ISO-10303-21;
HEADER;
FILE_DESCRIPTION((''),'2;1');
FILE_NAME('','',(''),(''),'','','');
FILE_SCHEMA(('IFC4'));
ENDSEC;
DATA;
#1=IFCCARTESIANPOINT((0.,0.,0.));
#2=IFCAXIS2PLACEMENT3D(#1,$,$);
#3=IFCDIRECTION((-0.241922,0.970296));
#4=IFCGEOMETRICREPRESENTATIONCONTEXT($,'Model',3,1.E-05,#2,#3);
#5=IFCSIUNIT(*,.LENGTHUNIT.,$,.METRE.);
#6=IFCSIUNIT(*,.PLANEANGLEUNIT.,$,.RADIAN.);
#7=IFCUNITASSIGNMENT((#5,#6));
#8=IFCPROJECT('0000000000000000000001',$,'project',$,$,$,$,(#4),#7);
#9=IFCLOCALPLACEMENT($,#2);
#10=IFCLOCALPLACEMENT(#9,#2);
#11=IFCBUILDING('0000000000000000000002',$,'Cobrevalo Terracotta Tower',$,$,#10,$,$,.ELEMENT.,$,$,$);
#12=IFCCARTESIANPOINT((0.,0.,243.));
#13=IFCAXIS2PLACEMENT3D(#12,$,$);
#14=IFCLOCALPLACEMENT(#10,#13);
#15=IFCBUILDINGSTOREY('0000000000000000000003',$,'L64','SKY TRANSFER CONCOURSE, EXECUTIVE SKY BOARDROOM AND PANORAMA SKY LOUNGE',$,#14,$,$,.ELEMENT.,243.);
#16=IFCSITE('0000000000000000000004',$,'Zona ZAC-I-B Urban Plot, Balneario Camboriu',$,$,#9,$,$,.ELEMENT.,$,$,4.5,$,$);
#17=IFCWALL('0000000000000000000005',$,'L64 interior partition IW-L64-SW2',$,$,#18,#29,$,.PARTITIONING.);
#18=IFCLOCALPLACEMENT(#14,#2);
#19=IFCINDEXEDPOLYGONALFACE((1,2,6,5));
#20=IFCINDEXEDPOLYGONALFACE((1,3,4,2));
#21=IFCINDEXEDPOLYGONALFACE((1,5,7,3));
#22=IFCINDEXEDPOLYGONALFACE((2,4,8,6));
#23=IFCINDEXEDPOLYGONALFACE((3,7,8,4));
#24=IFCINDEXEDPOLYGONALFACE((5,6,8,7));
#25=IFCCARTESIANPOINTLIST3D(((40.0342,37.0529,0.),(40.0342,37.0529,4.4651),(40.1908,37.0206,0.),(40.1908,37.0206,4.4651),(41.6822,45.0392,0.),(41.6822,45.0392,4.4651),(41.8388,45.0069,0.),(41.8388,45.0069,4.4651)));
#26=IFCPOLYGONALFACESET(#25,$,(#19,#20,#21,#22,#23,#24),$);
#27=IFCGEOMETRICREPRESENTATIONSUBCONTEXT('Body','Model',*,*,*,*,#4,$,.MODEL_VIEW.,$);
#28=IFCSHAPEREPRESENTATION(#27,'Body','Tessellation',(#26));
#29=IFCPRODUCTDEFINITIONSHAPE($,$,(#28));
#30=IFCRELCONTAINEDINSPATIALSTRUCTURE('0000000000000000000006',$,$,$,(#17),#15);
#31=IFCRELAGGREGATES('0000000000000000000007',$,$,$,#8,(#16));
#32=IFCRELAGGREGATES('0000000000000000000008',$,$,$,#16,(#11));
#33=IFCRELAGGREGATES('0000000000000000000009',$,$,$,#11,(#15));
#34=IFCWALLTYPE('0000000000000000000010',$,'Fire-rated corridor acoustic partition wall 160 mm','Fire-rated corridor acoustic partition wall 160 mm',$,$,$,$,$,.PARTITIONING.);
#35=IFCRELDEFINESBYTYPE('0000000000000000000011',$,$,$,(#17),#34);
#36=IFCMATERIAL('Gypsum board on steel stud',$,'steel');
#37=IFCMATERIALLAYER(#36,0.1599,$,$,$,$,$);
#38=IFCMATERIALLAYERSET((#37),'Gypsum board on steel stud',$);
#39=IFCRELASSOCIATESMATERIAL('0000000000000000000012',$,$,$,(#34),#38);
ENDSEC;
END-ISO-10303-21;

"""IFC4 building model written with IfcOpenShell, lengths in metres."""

from ifc_helpers import new_model, si_unit, direction, frame, frame_2d, origin, place, context, subcontext, project, spatial, rectangle, extrude, material, layer, layer_set, type_object, element, save


model = new_model("IFC4")

# Units and contexts
model_context = context("Model", 3, precision=1e-05, world=origin(), true_north=direction((-0.241922, 0.970296)))
body_context = subcontext(model_context, "Body", "Model", "MODEL_VIEW")
ifc_project = project(units=[si_unit("LENGTHUNIT", "METRE"), si_unit("PLANEANGLEUNIT", "RADIAN")], contexts=[model_context])

# Site, building, storey
site_placement = place(None, origin())
site = spatial("IfcSite", under=ifc_project, at=site_placement, Name="Zona ZAC-I-B Urban Plot, Balneario Camboriu", CompositionType="ELEMENT", RefElevation=4.5)
building_placement = place(site_placement, origin())
building = spatial("IfcBuilding", under=site, at=building_placement, Name="Cobrevalo Terracotta Tower", CompositionType="ELEMENT")
storey_placement = place(building_placement, frame((0.0, 0.0, 243.0)))
storey = spatial("IfcBuildingStorey", under=building, at=storey_placement, Name="L64", Description="SKY TRANSFER CONCOURSE, EXECUTIVE SKY BOARDROOM AND PANORAMA SKY LOUNGE", CompositionType="ELEMENT", Elevation=243.0)

# Wall
ifc_material_1 = material(Name="Gypsum board on steel stud", Category="steel")
ifc_layer_1 = layer(ifc_material_1, 0.1599)
ifc_layer_set_1 = layer_set([ifc_layer_1], Name="Gypsum board on steel stud")
wall_type = type_object("IfcWallType", Name="Fire-rated corridor acoustic partition wall 160 mm", Description="Fire-rated corridor acoustic partition wall 160 mm", PredefinedType="PARTITIONING", material=ifc_layer_set_1)
wall_placement = place(storey_placement, frame((40.1125, 37.0369, 0.0), z_axis=(0.0, 0.0, 1.0), x_axis=(0.202089, 0.979367, 0.0)))
element("IfcWall", 1, at=wall_placement, inside=storey, type_object=wall_type, Name="L64 interior partition IW-L64-SW2", PredefinedType="PARTITIONING", context=body_context, shape_type="SweptSolid", body=[
    extrude(rectangle(XDim=8.1545, YDim=0.1599, at=frame_2d((4.0771, 0.0))), origin(), (0.0, 0.0, 1.0), 4.4651),
])

save(model, "model.ifc")
